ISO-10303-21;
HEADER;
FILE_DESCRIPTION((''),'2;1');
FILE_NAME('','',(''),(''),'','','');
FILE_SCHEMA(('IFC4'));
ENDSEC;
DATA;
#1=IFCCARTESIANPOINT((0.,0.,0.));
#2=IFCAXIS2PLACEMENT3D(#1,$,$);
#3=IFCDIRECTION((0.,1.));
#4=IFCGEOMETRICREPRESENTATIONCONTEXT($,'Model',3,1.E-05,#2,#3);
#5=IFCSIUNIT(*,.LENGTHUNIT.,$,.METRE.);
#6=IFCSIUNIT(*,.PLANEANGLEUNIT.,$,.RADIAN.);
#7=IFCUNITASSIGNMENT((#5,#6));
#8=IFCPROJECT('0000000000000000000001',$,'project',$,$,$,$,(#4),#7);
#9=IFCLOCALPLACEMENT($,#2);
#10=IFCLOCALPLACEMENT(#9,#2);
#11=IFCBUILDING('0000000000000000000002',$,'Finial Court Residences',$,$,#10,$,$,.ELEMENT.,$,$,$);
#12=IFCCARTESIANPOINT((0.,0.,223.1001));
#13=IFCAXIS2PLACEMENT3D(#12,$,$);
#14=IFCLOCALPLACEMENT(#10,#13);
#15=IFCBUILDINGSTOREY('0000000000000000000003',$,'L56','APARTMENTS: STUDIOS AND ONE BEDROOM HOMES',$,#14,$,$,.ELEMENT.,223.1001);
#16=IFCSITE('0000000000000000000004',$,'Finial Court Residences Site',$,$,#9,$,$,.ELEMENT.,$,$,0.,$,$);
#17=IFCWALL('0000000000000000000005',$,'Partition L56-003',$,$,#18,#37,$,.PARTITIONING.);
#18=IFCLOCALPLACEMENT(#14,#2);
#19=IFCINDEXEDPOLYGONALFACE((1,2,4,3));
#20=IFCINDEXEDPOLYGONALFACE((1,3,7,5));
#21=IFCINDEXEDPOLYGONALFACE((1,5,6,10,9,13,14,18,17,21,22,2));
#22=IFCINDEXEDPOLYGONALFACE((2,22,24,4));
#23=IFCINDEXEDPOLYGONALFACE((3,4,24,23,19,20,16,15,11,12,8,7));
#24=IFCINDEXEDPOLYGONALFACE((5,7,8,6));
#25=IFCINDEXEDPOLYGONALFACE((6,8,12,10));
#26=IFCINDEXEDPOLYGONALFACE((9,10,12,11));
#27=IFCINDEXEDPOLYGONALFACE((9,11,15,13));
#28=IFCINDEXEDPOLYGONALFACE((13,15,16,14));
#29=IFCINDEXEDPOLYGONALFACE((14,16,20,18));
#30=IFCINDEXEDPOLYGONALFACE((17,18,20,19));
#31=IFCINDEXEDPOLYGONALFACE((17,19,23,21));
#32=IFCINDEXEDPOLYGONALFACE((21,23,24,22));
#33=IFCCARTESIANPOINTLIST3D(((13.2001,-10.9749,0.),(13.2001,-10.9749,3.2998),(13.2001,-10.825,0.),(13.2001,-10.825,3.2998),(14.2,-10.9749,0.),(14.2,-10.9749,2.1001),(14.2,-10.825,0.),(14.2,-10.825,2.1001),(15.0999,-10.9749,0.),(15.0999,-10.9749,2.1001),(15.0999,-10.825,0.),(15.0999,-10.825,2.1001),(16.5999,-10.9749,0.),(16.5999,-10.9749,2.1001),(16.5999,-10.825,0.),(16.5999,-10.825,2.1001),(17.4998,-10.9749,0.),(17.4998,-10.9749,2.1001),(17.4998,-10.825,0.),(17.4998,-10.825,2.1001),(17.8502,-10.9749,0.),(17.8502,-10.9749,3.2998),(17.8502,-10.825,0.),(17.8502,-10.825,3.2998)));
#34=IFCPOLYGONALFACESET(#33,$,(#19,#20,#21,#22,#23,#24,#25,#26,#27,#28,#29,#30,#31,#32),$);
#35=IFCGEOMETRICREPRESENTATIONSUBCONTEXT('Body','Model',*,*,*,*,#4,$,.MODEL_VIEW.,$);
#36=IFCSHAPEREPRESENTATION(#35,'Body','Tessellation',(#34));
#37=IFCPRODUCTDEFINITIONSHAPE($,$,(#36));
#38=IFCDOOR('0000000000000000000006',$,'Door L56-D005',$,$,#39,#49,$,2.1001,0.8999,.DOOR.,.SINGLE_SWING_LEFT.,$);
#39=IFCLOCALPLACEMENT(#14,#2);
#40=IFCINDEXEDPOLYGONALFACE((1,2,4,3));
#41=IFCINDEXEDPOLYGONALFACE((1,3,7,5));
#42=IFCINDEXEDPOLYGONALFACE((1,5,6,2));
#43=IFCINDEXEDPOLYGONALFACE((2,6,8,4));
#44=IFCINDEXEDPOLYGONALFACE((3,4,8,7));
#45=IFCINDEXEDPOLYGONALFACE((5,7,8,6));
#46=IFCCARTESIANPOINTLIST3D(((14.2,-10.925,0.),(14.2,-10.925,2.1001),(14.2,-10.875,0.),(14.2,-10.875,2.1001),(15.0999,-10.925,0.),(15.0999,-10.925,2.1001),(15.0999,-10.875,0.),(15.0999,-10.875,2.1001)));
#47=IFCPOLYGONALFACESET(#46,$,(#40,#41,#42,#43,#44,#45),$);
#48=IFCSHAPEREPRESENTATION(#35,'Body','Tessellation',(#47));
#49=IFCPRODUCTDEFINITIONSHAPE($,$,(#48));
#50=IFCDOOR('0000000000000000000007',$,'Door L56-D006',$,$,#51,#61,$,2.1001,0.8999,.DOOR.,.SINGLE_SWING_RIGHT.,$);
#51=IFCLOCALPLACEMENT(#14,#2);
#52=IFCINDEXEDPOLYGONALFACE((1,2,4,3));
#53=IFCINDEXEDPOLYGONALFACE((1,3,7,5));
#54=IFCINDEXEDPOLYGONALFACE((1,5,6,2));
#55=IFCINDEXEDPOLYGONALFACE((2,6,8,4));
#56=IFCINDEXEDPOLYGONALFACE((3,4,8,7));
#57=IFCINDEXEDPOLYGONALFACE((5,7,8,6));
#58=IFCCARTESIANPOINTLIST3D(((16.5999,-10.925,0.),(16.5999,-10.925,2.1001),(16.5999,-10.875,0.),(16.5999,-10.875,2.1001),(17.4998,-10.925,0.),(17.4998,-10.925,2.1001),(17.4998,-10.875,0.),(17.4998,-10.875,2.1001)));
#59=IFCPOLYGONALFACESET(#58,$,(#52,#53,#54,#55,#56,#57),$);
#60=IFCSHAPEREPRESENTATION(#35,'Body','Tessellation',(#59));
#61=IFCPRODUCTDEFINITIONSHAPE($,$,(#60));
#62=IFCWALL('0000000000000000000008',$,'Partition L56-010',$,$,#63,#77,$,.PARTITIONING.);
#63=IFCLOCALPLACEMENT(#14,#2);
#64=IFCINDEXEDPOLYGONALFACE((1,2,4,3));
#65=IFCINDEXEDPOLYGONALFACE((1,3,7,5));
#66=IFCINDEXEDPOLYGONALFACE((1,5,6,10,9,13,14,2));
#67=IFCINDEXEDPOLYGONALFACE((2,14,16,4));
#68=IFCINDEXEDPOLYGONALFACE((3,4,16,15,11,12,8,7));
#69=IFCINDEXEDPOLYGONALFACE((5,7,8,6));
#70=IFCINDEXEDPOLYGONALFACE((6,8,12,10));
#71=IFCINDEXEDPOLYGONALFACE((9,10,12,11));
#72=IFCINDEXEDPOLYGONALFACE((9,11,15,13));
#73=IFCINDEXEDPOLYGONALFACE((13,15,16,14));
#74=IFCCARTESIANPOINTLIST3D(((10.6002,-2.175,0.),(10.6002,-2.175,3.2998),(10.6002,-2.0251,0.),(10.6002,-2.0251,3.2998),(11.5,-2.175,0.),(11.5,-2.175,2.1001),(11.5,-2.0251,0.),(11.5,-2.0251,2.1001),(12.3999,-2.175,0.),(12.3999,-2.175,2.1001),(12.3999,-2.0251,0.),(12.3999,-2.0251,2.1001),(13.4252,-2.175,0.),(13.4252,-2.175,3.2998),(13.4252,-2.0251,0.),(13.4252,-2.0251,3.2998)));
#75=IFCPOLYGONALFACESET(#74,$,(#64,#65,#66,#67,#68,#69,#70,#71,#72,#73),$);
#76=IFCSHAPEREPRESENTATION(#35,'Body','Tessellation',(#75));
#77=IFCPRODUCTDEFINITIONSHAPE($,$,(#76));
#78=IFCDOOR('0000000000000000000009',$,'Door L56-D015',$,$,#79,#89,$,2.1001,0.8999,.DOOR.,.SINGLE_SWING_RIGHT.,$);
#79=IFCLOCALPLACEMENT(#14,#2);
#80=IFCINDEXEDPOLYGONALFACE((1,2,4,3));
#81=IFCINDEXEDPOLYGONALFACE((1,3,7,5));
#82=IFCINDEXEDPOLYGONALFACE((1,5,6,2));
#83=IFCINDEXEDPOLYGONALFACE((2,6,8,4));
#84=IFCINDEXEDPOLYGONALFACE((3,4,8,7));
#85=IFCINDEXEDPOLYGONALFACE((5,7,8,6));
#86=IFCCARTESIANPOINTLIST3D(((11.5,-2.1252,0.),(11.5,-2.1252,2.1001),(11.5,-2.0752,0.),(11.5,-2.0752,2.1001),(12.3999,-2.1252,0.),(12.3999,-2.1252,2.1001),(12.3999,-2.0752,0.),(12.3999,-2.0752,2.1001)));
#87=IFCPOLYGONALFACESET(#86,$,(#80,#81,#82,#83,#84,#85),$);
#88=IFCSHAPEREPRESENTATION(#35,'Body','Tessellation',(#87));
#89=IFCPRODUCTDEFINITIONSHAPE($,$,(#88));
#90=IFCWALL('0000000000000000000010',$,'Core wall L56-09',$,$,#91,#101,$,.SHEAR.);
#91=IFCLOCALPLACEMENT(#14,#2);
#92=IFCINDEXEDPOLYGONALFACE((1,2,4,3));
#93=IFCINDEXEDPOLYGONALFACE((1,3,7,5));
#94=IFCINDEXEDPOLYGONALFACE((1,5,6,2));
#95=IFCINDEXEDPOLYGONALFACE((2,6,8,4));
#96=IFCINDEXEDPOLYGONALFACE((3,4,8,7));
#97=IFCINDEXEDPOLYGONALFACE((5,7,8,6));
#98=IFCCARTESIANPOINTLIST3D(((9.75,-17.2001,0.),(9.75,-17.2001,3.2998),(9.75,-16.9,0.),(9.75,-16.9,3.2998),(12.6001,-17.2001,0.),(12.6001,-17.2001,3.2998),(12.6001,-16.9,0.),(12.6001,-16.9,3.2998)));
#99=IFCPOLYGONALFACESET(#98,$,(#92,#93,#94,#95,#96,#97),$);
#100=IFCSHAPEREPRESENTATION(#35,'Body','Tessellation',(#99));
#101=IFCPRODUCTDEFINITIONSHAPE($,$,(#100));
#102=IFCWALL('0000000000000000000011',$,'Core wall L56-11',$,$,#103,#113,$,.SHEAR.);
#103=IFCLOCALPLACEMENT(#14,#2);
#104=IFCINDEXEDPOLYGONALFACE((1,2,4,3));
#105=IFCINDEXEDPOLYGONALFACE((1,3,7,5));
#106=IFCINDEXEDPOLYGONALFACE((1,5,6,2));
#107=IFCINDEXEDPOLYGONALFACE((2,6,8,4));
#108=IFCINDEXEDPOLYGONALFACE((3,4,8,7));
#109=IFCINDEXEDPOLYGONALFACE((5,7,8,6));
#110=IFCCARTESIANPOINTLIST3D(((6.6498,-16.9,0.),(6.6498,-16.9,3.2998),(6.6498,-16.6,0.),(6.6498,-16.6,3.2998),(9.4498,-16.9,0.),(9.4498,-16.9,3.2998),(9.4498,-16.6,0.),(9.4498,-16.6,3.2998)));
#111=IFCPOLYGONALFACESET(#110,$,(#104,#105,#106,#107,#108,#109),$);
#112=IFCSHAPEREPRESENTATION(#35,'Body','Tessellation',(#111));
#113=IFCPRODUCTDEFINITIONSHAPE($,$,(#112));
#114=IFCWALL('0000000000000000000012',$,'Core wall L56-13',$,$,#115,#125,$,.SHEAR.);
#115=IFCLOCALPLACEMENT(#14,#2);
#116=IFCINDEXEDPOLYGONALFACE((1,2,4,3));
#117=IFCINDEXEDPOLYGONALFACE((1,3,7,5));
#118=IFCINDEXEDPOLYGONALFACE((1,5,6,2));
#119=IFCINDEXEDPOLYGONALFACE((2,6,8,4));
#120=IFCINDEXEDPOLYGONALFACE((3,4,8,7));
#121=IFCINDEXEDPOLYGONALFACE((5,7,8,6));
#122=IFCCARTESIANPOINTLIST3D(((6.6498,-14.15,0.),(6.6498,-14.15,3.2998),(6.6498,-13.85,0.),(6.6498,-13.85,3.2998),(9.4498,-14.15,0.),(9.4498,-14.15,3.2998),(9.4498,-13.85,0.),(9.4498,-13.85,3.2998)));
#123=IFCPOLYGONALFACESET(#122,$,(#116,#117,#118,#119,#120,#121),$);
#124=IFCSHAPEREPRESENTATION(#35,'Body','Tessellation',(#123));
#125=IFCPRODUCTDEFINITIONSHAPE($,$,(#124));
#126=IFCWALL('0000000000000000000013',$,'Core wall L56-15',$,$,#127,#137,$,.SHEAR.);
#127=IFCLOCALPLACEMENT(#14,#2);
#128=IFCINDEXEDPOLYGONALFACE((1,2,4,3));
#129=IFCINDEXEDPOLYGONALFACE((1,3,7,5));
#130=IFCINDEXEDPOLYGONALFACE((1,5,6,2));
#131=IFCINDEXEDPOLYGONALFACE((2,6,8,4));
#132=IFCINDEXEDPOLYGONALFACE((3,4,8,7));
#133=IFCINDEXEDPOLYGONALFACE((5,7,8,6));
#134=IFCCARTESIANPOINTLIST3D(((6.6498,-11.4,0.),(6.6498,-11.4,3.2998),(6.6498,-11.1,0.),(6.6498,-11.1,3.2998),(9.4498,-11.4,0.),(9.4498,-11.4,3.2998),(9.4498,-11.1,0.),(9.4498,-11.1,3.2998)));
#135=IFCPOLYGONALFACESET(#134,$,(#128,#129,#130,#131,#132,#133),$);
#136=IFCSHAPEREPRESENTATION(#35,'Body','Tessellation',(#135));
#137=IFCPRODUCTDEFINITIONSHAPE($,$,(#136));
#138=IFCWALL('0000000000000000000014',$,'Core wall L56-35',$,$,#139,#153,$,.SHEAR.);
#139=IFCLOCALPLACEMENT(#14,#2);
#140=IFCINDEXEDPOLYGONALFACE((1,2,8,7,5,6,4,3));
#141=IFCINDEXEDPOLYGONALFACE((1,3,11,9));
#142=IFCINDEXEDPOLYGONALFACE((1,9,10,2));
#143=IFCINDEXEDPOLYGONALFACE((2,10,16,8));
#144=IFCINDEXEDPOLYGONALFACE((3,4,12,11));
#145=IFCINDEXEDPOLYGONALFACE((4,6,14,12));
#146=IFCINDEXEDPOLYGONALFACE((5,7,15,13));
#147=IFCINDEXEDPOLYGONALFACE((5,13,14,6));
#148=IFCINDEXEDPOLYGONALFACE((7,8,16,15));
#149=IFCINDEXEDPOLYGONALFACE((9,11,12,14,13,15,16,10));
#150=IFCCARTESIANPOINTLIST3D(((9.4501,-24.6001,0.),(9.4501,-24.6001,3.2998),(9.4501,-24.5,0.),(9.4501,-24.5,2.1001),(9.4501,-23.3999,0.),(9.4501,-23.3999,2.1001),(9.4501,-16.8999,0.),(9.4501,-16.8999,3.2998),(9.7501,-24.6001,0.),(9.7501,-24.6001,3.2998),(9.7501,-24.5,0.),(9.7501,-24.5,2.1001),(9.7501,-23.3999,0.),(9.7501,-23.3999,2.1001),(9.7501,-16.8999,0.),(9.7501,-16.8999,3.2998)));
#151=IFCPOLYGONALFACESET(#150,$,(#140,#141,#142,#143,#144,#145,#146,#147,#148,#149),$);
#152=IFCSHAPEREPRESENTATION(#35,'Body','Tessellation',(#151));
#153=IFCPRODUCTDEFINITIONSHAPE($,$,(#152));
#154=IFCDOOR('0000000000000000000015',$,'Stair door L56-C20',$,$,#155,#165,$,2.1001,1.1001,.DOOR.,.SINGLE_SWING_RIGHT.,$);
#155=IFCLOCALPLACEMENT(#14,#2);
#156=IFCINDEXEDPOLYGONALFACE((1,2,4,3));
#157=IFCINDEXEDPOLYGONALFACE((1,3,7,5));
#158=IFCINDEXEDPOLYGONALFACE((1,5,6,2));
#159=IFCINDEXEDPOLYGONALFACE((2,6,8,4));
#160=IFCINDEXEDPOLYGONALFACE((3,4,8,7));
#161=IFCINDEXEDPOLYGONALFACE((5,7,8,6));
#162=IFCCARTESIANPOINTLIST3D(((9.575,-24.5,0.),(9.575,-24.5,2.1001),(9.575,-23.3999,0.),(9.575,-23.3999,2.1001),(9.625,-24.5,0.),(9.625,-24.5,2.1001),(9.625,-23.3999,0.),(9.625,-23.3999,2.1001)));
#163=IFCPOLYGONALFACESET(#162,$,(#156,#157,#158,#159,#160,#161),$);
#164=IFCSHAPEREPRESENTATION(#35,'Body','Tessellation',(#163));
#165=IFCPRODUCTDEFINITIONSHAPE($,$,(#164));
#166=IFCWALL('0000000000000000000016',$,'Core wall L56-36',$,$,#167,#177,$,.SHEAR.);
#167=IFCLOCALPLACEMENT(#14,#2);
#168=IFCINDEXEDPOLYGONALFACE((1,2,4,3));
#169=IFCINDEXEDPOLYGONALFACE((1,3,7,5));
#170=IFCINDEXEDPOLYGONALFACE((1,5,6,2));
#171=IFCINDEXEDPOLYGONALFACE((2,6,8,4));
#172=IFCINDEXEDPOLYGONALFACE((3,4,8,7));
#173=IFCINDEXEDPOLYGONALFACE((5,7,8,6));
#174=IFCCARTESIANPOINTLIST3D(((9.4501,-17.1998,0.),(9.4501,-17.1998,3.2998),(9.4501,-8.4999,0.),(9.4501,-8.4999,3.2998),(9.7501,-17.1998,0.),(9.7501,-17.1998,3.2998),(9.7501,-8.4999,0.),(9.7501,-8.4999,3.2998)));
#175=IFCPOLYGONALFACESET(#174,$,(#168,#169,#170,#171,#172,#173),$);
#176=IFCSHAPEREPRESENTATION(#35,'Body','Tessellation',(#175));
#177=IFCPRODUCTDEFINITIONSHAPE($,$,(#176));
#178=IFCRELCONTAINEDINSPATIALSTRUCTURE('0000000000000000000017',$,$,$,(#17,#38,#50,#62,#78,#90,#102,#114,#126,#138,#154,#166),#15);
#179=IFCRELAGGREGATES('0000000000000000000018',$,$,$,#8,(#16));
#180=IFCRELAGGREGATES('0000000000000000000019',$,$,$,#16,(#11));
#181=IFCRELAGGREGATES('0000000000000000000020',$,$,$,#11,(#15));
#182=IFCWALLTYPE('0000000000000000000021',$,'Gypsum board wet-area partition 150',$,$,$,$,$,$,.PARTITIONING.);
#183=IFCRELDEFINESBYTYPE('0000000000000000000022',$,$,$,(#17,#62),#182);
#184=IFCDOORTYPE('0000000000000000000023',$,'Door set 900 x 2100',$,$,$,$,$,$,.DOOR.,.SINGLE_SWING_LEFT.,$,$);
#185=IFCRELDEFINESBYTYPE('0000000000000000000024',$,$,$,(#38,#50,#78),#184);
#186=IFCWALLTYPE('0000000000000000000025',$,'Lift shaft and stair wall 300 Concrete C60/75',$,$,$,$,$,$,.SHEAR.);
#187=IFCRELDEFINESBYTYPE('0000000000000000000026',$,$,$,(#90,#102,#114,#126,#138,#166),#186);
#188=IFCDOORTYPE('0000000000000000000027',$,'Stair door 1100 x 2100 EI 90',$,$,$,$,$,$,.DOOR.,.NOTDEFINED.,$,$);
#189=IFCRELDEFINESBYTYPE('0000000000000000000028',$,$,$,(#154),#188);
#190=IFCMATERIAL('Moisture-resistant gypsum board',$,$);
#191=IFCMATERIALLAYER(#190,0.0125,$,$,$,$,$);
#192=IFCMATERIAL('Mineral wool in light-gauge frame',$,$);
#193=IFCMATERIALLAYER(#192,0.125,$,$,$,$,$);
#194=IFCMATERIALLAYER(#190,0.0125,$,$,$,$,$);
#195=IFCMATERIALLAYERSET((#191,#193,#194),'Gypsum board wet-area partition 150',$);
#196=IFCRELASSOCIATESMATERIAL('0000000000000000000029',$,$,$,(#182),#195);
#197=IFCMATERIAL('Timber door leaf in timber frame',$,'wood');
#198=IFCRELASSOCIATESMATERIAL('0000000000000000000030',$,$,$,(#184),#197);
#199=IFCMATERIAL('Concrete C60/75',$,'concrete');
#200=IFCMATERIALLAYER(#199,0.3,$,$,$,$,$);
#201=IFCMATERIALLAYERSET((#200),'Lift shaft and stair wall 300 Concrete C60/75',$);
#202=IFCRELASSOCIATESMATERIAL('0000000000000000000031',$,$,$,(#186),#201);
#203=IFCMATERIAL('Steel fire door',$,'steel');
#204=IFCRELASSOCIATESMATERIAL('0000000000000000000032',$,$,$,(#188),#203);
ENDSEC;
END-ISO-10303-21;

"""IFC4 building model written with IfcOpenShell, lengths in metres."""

from ifc_helpers import new_model, si_unit, direction, frame, frame_2d, origin, place, context, subcontext, project, spatial, rectangle, extrude, material, layer, layer_set, type_object, element, fill, save


model = new_model("IFC4")

# Units and contexts
model_context = context("Model", 3, precision=1e-05, world=origin(), true_north=direction((0.0, 1.0)))
body_context = subcontext(model_context, "Body", "Model", "MODEL_VIEW")
ifc_project = project(units=[si_unit("LENGTHUNIT", "METRE"), si_unit("PLANEANGLEUNIT", "RADIAN")], contexts=[model_context])

# Site, building, storey
site_placement = place(None, origin())
site = spatial("IfcSite", under=ifc_project, at=site_placement, Name="Finial Court Residences Site", CompositionType="ELEMENT", RefElevation=0.0)
building_placement = place(site_placement, origin())
building = spatial("IfcBuilding", under=site, at=building_placement, Name="Finial Court Residences", CompositionType="ELEMENT")
storey_placement = place(building_placement, frame((0.0, 0.0, 223.1001)))
storey = spatial("IfcBuildingStorey", under=building, at=storey_placement, Name="L56", Description="APARTMENTS: STUDIOS AND ONE BEDROOM HOMES", CompositionType="ELEMENT", Elevation=223.1001)

# Shared definitions
ifc_material_1 = material(Name="Mineral wool in light-gauge frame")

# Shared definitions
ifc_material_2 = material(Name="Moisture-resistant gypsum board")
ifc_layer_1 = layer(ifc_material_2, 0.0125)
ifc_layer_2 = layer(ifc_material_1, 0.125)
ifc_layer_3 = layer(ifc_material_2, 0.0125)
ifc_layer_set_1 = layer_set([ifc_layer_1, ifc_layer_2, ifc_layer_3], Name="Gypsum board wet-area partition 150")
wall_type_1 = type_object("IfcWallType", Name="Gypsum board wet-area partition 150", PredefinedType="PARTITIONING", material=ifc_layer_set_1)
ifc_material_3 = material(Name="Timber door leaf in timber frame", Category="wood")
door_type_1 = type_object("IfcDoorType", Name="Door set 900 x 2100", OperationType="SINGLE_SWING_LEFT", PredefinedType="DOOR", material=ifc_material_3)

# Wall, openings, doors
wall_1_placement = place(storey_placement, frame((13.2, -10.8999, 0.0), z_axis=(0.0, 0.0, 1.0), x_axis=(1.0, 0.0, 0.0)))
wall_1 = element("IfcWall", 1, at=wall_1_placement, inside=storey, type_object=wall_type_1, Name="Partition L56-003", PredefinedType="PARTITIONING", context=body_context, shape_type="SweptSolid", body=[
    extrude(rectangle(XDim=4.6501, YDim=0.1499, at=frame_2d((2.3252, 0.0))), origin(), (0.0, 0.0, 1.0), 3.2998),
])
opening_1_placement = place(wall_1_placement, frame((1.0, 0.0, 0.0)))
opening_1 = element("IfcOpeningElement", 2, at=opening_1_placement, cuts=wall_1, PredefinedType="OPENING", context=body_context, shape_type="SweptSolid", body=[
    extrude(rectangle(XDim=0.8999, YDim=2.1001, at=frame_2d((0.45, 1.05))), frame((0.0, 0.085, 0.0), z_axis=(0.0, -1.0, 0.0), x_axis=(1.0, 0.0, 0.0)), (0.0, 0.0, 1.0), 0.1699),
])
opening_2_placement = place(wall_1_placement, frame((3.3999, 0.0, 0.0)))
opening_2 = element("IfcOpeningElement", 3, at=opening_2_placement, cuts=wall_1, PredefinedType="OPENING", context=body_context, shape_type="SweptSolid", body=[
    extrude(rectangle(XDim=0.8999, YDim=2.1001, at=frame_2d((0.45, 1.05))), frame((0.0, 0.085, 0.0), z_axis=(0.0, -1.0, 0.0), x_axis=(1.0, 0.0, 0.0)), (0.0, 0.0, 1.0), 0.1699),
])
door_1_placement = place(opening_1_placement, origin())
door_1 = element("IfcDoor", 4, at=door_1_placement, inside=storey, type_object=door_type_1, Name="Door L56-D005", OperationType="SINGLE_SWING_LEFT", OverallHeight=2.1001, OverallWidth=0.8999, PredefinedType="DOOR", context=body_context, shape_type="SweptSolid", body=[
    extrude(rectangle(XDim=0.8999, YDim=2.1001, at=frame_2d((0.45, 1.05))), frame((0.0, 0.0249, 0.0), z_axis=(0.0, -1.0, 0.0), x_axis=(1.0, 0.0, 0.0)), (0.0, 0.0, 1.0), 0.05),
])
fill(opening_1, door_1)
door_2_placement = place(opening_2_placement, origin())
door_2 = element("IfcDoor", 5, at=door_2_placement, inside=storey, type_object=door_type_1, Name="Door L56-D006", OperationType="SINGLE_SWING_RIGHT", OverallHeight=2.1001, OverallWidth=0.8999, PredefinedType="DOOR", context=body_context, shape_type="SweptSolid", body=[
    extrude(rectangle(XDim=0.8999, YDim=2.1001, at=frame_2d((0.45, 1.05))), frame((0.0, 0.0249, 0.0), z_axis=(0.0, -1.0, 0.0), x_axis=(1.0, 0.0, 0.0)), (0.0, 0.0, 1.0), 0.05),
])
fill(opening_2, door_2)

# Wall, opening, door
wall_2_placement = place(storey_placement, frame((10.6001, -2.1001, 0.0), z_axis=(0.0, 0.0, 1.0), x_axis=(1.0, 0.0, 0.0)))
wall_2 = element("IfcWall", 6, at=wall_2_placement, inside=storey, type_object=wall_type_1, Name="Partition L56-010", PredefinedType="PARTITIONING", context=body_context, shape_type="SweptSolid", body=[
    extrude(rectangle(XDim=2.825, YDim=0.1499, at=frame_2d((1.4126, 0.0))), origin(), (0.0, 0.0, 1.0), 3.2998),
])
opening_3_placement = place(wall_2_placement, frame((0.8999, 0.0, 0.0)))
opening_3 = element("IfcOpeningElement", 7, at=opening_3_placement, cuts=wall_2, PredefinedType="OPENING", context=body_context, shape_type="SweptSolid", body=[
    extrude(rectangle(XDim=0.8999, YDim=2.1001, at=frame_2d((0.45, 1.05))), frame((0.0, 0.085, 0.0), z_axis=(0.0, -1.0, 0.0), x_axis=(1.0, 0.0, 0.0)), (0.0, 0.0, 1.0), 0.1699),
])
door_3_placement = place(opening_3_placement, origin())
door_3 = element("IfcDoor", 8, at=door_3_placement, inside=storey, type_object=door_type_1, Name="Door L56-D015", OperationType="SINGLE_SWING_RIGHT", OverallHeight=2.1001, OverallWidth=0.8999, PredefinedType="DOOR", context=body_context, shape_type="SweptSolid", body=[
    extrude(rectangle(XDim=0.8999, YDim=2.1001, at=frame_2d((0.45, 1.05))), frame((0.0, 0.0249, 0.0), z_axis=(0.0, -1.0, 0.0), x_axis=(1.0, 0.0, 0.0)), (0.0, 0.0, 1.0), 0.05),
])
fill(opening_3, door_3)

# Walls
ifc_material_4 = material(Name="Concrete C60/75", Category="concrete")
ifc_layer_4 = layer(ifc_material_4, 0.3)
ifc_layer_set_2 = layer_set([ifc_layer_4], Name="Lift shaft and stair wall 300 Concrete C60/75")
wall_type_2 = type_object("IfcWallType", Name="Lift shaft and stair wall 300 Concrete C60/75", PredefinedType="SHEAR", material=ifc_layer_set_2)
wall_3_placement = place(storey_placement, frame((9.75, -17.05, 0.0), z_axis=(0.0, 0.0, 1.0), x_axis=(1.0, 0.0, 0.0)))
element("IfcWall", 9, at=wall_3_placement, inside=storey, type_object=wall_type_2, Name="Core wall L56-09", PredefinedType="SHEAR", context=body_context, shape_type="SweptSolid", body=[
    extrude(rectangle(XDim=2.8501, YDim=0.3, at=frame_2d((1.425, 0.0))), origin(), (0.0, 0.0, 1.0), 3.2998),
])
for number, where, z_axis, x_axis, name in (
    (10, (6.6499, -16.75, 0.0), (0.0, 0.0, 1.0), (1.0, 0.0, 0.0), "Core wall L56-11"),
    (11, (6.6499, -14.0, 0.0), (0.0, 0.0, 1.0), (1.0, 0.0, 0.0), "Core wall L56-13"),
    (12, (6.6499, -11.25, 0.0), (0.0, 0.0, 1.0), (1.0, 0.0, 0.0), "Core wall L56-15"),
):
    element("IfcWall", number, at=place(storey_placement, frame(where, z_axis=z_axis, x_axis=x_axis)), inside=storey, type_object=wall_type_2, Name=name, PredefinedType="SHEAR", context=body_context, shape_type="SweptSolid", body=[
        extrude(rectangle(XDim=2.8, YDim=0.3, at=frame_2d((1.3999, 0.0))), origin(), (0.0, 0.0, 1.0), 3.2998),
    ])

# Wall, opening, door
wall_4_placement = place(storey_placement, frame((9.6001, -16.8999, 0.0), z_axis=(0.0, 0.0, 1.0), x_axis=(0.0, -1.0, 0.0)))
wall_4 = element("IfcWall", 13, at=wall_4_placement, inside=storey, type_object=wall_type_2, Name="Core wall L56-35", PredefinedType="SHEAR", context=body_context, shape_type="SweptSolid", body=[
    extrude(rectangle(XDim=7.7002, YDim=0.3, at=frame_2d((3.8501, 0.0))), origin(), (0.0, 0.0, 1.0), 3.2998),
])
opening_4_placement = place(wall_4_placement, frame((6.5, 0.0, 0.0)))
opening_4 = element("IfcOpeningElement", 14, at=opening_4_placement, cuts=wall_4, PredefinedType="OPENING", context=body_context, shape_type="SweptSolid", body=[
    extrude(rectangle(XDim=1.1001, YDim=2.1001, at=frame_2d((0.55, 1.05))), frame((0.0, 0.1599, 0.0), z_axis=(0.0, -1.0, 0.0), x_axis=(1.0, 0.0, 0.0)), (0.0, 0.0, 1.0), 0.3201),
])
ifc_material_5 = material(Name="Steel fire door", Category="steel")
door_type_2 = type_object("IfcDoorType", Name="Stair door 1100 x 2100 EI 90", OperationType="NOTDEFINED", PredefinedType="DOOR", material=ifc_material_5)
door_4_placement = place(opening_4_placement, origin())
door_4 = element("IfcDoor", 15, at=door_4_placement, inside=storey, type_object=door_type_2, Name="Stair door L56-C20", OperationType="SINGLE_SWING_RIGHT", OverallHeight=2.1001, OverallWidth=1.1001, PredefinedType="DOOR", context=body_context, shape_type="SweptSolid", body=[
    extrude(rectangle(XDim=1.1001, YDim=2.1001, at=frame_2d((0.55, 1.05))), frame((0.0, 0.0249, 0.0), z_axis=(0.0, -1.0, 0.0), x_axis=(1.0, 0.0, 0.0)), (0.0, 0.0, 1.0), 0.05),
])
fill(opening_4, door_4)

# Wall
wall_5_placement = place(storey_placement, frame((9.6001, -17.2, 0.0), z_axis=(0.0, 0.0, 1.0), x_axis=(0.0, 1.0, 0.0)))
element("IfcWall", 16, at=wall_5_placement, inside=storey, type_object=wall_type_2, Name="Core wall L56-36", PredefinedType="SHEAR", context=body_context, shape_type="SweptSolid", body=[
    extrude(rectangle(XDim=8.7, YDim=0.3, at=frame_2d((4.3501, 0.0))), origin(), (0.0, 0.0, 1.0), 3.2998),
])

save(model, "model.ifc")
